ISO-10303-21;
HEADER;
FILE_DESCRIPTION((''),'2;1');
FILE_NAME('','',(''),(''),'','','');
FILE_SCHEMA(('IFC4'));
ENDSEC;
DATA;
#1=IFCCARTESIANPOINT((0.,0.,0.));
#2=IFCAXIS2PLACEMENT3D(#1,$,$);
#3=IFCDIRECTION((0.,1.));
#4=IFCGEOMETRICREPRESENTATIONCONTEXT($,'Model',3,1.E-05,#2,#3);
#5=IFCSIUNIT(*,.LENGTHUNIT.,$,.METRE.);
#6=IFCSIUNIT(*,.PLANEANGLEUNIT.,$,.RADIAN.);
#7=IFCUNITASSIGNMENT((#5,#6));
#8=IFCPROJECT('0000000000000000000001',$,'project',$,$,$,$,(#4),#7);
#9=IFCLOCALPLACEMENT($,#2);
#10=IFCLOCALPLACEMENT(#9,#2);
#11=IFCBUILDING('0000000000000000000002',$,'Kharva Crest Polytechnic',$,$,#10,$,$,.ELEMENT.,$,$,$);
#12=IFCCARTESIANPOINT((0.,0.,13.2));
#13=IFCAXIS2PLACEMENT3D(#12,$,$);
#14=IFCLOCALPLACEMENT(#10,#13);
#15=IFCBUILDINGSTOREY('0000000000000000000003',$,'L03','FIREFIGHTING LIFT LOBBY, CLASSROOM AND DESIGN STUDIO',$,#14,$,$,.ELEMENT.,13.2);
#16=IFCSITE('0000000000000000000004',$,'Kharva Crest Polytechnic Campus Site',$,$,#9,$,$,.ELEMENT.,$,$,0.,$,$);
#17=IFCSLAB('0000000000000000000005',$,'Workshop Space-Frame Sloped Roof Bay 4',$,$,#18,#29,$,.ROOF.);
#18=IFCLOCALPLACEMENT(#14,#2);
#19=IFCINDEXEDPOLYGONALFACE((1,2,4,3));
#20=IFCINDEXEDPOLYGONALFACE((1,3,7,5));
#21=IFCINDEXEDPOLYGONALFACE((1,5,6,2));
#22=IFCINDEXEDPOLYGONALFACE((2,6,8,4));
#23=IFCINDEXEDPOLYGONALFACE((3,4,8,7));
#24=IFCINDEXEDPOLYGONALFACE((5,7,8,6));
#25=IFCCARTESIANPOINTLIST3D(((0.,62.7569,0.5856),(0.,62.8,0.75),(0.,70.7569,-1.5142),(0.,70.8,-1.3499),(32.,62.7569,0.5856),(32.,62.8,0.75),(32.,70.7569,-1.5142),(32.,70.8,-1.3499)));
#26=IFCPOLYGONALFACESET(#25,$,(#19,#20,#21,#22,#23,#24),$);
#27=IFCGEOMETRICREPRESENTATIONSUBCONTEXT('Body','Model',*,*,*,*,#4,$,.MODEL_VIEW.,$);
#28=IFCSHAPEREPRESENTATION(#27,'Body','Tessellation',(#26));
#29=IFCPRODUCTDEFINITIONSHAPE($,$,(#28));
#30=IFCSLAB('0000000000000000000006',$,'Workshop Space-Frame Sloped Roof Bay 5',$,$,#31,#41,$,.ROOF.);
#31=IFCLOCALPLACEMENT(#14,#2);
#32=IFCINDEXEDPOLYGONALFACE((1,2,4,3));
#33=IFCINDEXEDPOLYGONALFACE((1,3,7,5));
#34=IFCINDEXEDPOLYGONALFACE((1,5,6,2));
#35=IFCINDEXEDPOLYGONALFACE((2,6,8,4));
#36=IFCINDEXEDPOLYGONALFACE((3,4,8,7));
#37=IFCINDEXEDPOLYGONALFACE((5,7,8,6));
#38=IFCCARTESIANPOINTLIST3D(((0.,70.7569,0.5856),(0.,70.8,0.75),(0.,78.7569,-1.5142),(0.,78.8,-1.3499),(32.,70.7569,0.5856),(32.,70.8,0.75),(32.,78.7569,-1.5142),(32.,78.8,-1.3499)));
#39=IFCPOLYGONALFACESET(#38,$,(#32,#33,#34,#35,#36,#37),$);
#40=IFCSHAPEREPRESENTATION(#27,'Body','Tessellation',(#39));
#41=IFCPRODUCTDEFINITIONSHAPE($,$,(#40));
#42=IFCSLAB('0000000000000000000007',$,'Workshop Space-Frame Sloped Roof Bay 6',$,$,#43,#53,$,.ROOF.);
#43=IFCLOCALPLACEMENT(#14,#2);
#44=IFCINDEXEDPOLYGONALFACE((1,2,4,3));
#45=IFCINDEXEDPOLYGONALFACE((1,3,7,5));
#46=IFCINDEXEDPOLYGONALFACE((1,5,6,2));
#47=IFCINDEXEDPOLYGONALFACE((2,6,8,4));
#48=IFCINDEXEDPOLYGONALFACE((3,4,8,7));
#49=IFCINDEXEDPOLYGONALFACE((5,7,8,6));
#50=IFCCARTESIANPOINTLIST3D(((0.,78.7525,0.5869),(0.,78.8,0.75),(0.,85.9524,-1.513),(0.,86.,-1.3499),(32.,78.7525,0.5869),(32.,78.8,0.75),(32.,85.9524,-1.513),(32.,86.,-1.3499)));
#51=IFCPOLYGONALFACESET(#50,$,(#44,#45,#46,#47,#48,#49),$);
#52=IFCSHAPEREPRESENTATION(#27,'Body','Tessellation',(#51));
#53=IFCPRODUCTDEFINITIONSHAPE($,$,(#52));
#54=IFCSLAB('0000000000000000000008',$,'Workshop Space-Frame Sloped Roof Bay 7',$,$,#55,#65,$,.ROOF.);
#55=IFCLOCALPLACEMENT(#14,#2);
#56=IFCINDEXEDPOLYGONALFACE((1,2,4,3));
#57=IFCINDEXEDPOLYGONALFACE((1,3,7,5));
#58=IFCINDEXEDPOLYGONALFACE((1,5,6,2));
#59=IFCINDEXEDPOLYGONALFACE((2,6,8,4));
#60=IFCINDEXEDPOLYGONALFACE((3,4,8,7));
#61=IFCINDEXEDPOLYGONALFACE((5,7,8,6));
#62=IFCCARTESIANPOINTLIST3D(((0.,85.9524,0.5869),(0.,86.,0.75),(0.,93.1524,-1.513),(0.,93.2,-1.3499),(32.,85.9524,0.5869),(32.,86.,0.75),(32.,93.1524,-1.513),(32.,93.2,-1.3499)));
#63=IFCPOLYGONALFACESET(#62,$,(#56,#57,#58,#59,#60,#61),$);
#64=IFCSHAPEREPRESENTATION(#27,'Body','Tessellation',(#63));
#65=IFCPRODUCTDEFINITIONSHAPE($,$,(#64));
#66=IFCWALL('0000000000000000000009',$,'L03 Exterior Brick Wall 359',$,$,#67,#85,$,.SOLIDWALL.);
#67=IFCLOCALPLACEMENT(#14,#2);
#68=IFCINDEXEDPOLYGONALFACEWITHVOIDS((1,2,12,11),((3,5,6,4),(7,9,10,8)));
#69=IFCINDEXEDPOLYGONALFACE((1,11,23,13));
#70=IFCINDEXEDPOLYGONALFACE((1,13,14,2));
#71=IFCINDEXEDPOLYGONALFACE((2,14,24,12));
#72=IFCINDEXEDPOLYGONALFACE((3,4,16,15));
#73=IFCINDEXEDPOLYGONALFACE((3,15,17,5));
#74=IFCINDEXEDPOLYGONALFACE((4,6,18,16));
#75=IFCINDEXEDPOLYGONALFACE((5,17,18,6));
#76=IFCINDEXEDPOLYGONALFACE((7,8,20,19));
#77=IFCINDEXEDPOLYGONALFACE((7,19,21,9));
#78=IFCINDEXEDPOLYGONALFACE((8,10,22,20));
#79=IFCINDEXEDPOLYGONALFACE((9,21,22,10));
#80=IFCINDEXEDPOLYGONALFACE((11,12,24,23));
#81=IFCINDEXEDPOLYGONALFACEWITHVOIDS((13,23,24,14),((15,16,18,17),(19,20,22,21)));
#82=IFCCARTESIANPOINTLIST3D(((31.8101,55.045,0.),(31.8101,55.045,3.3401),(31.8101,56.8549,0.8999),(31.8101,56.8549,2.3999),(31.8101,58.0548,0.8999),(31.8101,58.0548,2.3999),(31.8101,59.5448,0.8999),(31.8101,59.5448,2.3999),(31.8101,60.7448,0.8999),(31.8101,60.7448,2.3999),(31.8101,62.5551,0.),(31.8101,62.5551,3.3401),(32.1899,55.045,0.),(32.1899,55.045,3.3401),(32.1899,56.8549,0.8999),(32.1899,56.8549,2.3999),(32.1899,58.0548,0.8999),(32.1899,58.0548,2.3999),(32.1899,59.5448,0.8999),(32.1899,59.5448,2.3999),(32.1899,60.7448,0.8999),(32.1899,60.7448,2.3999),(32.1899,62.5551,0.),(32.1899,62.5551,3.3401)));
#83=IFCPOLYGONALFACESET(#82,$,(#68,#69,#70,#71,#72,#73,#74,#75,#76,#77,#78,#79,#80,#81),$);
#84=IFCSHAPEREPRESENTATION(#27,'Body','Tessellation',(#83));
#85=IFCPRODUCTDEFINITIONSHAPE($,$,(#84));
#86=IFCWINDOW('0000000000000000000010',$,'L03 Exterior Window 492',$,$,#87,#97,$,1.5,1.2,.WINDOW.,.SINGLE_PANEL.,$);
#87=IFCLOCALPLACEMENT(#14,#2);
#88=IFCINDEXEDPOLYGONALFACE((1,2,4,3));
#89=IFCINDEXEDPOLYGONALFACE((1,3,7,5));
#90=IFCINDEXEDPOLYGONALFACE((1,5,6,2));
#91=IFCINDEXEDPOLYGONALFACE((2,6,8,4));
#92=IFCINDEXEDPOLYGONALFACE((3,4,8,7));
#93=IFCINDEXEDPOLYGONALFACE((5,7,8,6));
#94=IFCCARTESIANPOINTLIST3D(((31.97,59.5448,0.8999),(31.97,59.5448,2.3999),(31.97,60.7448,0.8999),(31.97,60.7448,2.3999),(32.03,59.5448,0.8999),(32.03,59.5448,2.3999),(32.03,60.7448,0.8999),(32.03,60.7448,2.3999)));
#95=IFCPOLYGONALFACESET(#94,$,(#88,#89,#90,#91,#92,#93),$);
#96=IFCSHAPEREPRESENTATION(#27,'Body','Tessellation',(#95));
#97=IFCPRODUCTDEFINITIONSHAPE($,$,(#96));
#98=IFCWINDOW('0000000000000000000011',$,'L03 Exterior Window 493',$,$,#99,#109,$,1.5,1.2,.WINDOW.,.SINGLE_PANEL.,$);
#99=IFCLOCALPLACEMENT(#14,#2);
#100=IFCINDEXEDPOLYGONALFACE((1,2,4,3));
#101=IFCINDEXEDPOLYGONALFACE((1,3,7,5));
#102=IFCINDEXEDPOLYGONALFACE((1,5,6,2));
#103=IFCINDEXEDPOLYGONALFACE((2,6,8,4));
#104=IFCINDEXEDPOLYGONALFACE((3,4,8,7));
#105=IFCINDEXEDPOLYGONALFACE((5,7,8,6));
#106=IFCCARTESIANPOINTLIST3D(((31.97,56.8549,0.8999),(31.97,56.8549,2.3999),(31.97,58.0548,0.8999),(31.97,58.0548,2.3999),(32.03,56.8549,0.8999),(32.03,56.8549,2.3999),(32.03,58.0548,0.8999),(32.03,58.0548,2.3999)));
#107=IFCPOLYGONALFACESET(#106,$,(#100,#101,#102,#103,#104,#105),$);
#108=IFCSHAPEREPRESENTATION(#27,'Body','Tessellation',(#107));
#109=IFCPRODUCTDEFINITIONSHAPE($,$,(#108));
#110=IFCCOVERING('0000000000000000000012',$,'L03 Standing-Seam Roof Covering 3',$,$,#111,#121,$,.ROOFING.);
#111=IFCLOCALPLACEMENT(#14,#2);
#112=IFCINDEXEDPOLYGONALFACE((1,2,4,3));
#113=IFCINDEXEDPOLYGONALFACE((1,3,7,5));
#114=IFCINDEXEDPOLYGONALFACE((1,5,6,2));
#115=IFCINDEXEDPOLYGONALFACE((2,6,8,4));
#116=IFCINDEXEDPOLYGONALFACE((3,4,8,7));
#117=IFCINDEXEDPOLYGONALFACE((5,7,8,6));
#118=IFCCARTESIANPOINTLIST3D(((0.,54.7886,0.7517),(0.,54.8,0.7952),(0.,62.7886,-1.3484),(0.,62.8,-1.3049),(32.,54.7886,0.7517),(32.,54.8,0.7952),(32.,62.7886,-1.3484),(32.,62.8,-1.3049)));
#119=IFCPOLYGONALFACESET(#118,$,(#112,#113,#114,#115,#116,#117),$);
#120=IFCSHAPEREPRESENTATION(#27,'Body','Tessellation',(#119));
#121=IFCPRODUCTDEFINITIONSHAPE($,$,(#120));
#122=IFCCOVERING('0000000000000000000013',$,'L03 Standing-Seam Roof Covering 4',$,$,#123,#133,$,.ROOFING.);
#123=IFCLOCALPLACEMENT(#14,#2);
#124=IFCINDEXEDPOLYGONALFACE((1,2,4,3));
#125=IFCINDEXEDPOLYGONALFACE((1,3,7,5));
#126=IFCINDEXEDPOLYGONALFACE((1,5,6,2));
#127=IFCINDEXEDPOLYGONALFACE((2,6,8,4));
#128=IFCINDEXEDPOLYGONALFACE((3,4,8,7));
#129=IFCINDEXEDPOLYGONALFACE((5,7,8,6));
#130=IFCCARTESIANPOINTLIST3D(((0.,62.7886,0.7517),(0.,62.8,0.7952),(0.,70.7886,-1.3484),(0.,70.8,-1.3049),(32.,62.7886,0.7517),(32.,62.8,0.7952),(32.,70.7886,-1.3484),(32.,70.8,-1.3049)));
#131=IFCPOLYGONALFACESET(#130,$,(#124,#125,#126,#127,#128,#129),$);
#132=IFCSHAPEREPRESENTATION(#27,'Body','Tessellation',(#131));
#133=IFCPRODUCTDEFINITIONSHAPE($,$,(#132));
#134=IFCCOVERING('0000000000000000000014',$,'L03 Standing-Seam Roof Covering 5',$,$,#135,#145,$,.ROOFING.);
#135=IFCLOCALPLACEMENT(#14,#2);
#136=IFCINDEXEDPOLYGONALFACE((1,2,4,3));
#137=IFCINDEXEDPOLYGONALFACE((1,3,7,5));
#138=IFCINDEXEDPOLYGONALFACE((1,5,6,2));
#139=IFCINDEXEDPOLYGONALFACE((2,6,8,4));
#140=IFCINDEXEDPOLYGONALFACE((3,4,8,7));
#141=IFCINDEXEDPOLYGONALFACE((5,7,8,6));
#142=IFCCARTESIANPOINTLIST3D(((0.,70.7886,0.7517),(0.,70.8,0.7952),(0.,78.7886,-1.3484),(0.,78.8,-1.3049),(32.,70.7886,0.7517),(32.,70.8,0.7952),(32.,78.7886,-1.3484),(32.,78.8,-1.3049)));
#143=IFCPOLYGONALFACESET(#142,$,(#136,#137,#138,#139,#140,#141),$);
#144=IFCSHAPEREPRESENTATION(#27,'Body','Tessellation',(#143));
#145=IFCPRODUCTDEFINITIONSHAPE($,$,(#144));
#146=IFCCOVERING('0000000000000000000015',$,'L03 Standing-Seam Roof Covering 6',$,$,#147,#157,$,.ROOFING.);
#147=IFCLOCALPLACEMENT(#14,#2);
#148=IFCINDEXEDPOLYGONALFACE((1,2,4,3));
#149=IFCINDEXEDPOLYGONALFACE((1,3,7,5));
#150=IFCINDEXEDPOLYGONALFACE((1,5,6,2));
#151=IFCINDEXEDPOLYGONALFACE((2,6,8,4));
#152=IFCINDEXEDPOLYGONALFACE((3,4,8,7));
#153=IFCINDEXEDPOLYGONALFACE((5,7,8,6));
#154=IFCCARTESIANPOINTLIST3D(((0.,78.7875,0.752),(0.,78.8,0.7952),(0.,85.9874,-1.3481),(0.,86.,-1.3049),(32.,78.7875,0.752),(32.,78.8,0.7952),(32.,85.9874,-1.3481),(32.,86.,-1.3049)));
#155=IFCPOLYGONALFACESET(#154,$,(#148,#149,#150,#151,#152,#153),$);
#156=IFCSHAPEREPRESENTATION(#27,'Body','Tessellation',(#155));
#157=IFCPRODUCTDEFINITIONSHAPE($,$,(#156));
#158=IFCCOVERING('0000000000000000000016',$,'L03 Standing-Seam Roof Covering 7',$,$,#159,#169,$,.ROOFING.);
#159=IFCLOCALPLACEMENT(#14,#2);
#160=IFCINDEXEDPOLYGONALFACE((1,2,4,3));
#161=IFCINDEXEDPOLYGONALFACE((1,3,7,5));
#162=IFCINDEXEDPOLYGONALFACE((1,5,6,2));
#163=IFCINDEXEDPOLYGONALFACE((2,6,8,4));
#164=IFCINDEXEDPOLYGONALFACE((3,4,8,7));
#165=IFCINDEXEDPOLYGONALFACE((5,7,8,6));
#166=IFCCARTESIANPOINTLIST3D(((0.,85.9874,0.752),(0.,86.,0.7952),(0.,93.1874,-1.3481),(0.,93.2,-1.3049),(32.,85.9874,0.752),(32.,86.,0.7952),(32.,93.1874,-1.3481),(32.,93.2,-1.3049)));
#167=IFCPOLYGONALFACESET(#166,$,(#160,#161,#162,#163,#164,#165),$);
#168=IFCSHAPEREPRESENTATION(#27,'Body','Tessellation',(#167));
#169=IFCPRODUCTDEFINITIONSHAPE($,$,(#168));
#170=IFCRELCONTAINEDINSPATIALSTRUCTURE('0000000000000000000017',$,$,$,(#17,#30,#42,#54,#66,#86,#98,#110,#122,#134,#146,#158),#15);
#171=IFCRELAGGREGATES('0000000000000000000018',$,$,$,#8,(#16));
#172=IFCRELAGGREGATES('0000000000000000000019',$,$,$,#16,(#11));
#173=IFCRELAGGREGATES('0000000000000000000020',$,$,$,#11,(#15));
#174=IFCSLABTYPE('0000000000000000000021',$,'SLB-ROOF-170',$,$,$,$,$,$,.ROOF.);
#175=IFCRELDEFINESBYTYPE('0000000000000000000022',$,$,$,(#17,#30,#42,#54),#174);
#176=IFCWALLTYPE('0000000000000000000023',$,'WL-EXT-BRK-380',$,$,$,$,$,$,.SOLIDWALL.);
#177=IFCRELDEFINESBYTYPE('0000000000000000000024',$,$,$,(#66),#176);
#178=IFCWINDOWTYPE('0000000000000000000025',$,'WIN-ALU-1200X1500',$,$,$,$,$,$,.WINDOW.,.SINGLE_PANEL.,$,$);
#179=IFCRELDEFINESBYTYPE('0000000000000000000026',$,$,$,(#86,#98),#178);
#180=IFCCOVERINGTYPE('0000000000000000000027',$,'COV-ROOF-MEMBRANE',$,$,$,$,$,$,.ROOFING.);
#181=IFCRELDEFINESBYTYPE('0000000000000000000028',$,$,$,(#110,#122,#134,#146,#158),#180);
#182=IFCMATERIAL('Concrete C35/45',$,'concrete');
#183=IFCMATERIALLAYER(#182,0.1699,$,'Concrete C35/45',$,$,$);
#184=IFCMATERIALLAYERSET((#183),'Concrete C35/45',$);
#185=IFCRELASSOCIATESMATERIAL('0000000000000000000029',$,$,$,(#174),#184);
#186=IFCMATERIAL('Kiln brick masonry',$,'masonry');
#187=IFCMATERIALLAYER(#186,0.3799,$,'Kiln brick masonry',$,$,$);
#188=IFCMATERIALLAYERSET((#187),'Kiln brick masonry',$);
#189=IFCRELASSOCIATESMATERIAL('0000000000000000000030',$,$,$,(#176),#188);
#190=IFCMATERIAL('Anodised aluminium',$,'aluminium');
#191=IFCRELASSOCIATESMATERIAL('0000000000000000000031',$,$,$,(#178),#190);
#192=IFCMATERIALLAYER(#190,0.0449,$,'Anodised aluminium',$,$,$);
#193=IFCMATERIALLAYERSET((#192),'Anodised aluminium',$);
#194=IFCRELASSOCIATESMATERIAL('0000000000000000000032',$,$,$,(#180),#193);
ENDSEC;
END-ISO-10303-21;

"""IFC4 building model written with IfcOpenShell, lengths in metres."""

from ifc_helpers import new_model, si_unit, direction, frame, frame_2d, origin, place, context, subcontext, project, spatial, polyline, rectangle, outline, extrude, material, layer, layer_set, type_object, element, fill, save


model = new_model("IFC4")

# Units and contexts
model_context = context("Model", 3, precision=1e-05, world=origin(), true_north=direction((0.0, 1.0)))
body_context = subcontext(model_context, "Body", "Model", "MODEL_VIEW")
ifc_project = project(units=[si_unit("LENGTHUNIT", "METRE"), si_unit("PLANEANGLEUNIT", "RADIAN")], contexts=[model_context])

# Site, building, storey
site_placement = place(None, origin())
site = spatial("IfcSite", under=ifc_project, at=site_placement, Name="Kharva Crest Polytechnic Campus Site", CompositionType="ELEMENT", RefElevation=0.0)
building_placement = place(site_placement, origin())
building = spatial("IfcBuilding", under=site, at=building_placement, Name="Kharva Crest Polytechnic", CompositionType="ELEMENT")
storey_placement = place(building_placement, frame((0.0, 0.0, 13.2)))
storey = spatial("IfcBuildingStorey", under=building, at=storey_placement, Name="L03", Description="FIREFIGHTING LIFT LOBBY, CLASSROOM AND DESIGN STUDIO", CompositionType="ELEMENT", Elevation=13.2)

# Shared definitions
ifc_material_1 = material(Name="Concrete C35/45", Category="concrete")

# Slabs
ifc_layer_1 = layer(ifc_material_1, 0.1699, Name="Concrete C35/45")
ifc_layer_set_1 = layer_set([ifc_layer_1], Name="Concrete C35/45")
slab_type = type_object("IfcSlabType", Name="SLB-ROOF-170", PredefinedType="ROOF", material=ifc_layer_set_1)
for number, where, z_axis, x_axis, name in (
    (1, (0.0, 62.8, 0.75), (0.0, 0.253882, 0.967235), (1.0, 0.0, 0.0), "Workshop Space-Frame Sloped Roof Bay 4"),
    (2, (0.0, 70.8, 0.75), (0.0, 0.253882, 0.967235), (1.0, 0.0, 0.0), "Workshop Space-Frame Sloped Roof Bay 5"),
):
    element("IfcSlab", number, at=place(storey_placement, frame(where, z_axis=z_axis, x_axis=x_axis)), inside=storey, type_object=slab_type, Name=name, PredefinedType="ROOF", context=body_context, shape_type="SweptSolid", body=[
        extrude(outline(polyline([(0.0, 0.0), (32.0, 0.0), (32.0, 8.271), (0.0, 8.271), (0.0, 0.0)])), origin(), (0.0, 0.0, -1.0), 0.1699),
    ])
for number, where, z_axis, x_axis, name in (
    (3, (0.0, 78.8, 0.75), (0.0, 0.279984, 0.960005), (1.0, 0.0, 0.0), "Workshop Space-Frame Sloped Roof Bay 6"),
    (4, (0.0, 86.0, 0.75), (0.0, 0.279984, 0.960005), (1.0, 0.0, 0.0), "Workshop Space-Frame Sloped Roof Bay 7"),
):
    element("IfcSlab", number, at=place(storey_placement, frame(where, z_axis=z_axis, x_axis=x_axis)), inside=storey, type_object=slab_type, Name=name, PredefinedType="ROOF", context=body_context, shape_type="SweptSolid", body=[
        extrude(outline(polyline([(0.0, 0.0), (32.0, 0.0), (32.0, 7.4999), (0.0, 7.4999), (0.0, 0.0)])), origin(), (0.0, 0.0, -1.0), 0.1699),
    ])

# Wall, openings, windows
ifc_material_2 = material(Name="Kiln brick masonry", Category="masonry")
ifc_layer_2 = layer(ifc_material_2, 0.3799, Name="Kiln brick masonry")
ifc_layer_set_2 = layer_set([ifc_layer_2], Name="Kiln brick masonry")
wall_type = type_object("IfcWallType", Name="WL-EXT-BRK-380", PredefinedType="SOLIDWALL", material=ifc_layer_set_2)
wall_placement = place(storey_placement, frame((32.0, 62.5549, 0.0), z_axis=(0.0, 0.0, 1.0), x_axis=(0.0, -1.0, 0.0)))
wall = element("IfcWall", 5, at=wall_placement, inside=storey, type_object=wall_type, Name="L03 Exterior Brick Wall 359", PredefinedType="SOLIDWALL", context=body_context, shape_type="SweptSolid", body=[
    extrude(rectangle(XDim=7.51, YDim=0.3799, at=frame_2d((3.7549, 0.0))), origin(), (0.0, 0.0, 1.0), 3.3401),
])
opening_1_placement = place(wall_placement, frame((1.8101, 0.0, 0.8999)))
opening_1 = element("IfcOpeningElement", 6, at=opening_1_placement, cuts=wall, PredefinedType="OPENING", context=body_context, shape_type="SweptSolid", body=[
    extrude(rectangle(XDim=1.2, YDim=1.5, at=frame_2d((0.6001, 0.75))), frame((0.0, 0.2, 0.0), z_axis=(0.0, -1.0, 0.0), x_axis=(1.0, 0.0, 0.0)), (0.0, 0.0, 1.0), 0.3999),
])
opening_2_placement = place(wall_placement, frame((4.5, 0.0, 0.8999)))
opening_2 = element("IfcOpeningElement", 7, at=opening_2_placement, cuts=wall, PredefinedType="OPENING", context=body_context, shape_type="SweptSolid", body=[
    extrude(rectangle(XDim=1.2, YDim=1.5, at=frame_2d((0.6001, 0.75))), frame((0.0, 0.2, 0.0), z_axis=(0.0, -1.0, 0.0), x_axis=(1.0, 0.0, 0.0)), (0.0, 0.0, 1.0), 0.3999),
])
ifc_material_3 = material(Name="Anodised aluminium", Category="aluminium")
window_type = type_object("IfcWindowType", Name="WIN-ALU-1200X1500", PartitioningType="SINGLE_PANEL", PredefinedType="WINDOW", material=ifc_material_3)
window_1_placement = place(opening_1_placement, origin())
window_1 = element("IfcWindow", 8, at=window_1_placement, inside=storey, type_object=window_type, Name="L03 Exterior Window 492", OverallHeight=1.5, OverallWidth=1.2, PartitioningType="SINGLE_PANEL", PredefinedType="WINDOW", context=body_context, shape_type="SweptSolid", body=[
    extrude(rectangle(XDim=1.2, YDim=1.5, at=frame_2d((0.6001, 0.75))), frame((0.0, 0.03, 0.0), z_axis=(0.0, -1.0, 0.0), x_axis=(1.0, 0.0, 0.0)), (0.0, 0.0, 1.0), 0.0601),
])
fill(opening_1, window_1)
window_2_placement = place(opening_2_placement, origin())
window_2 = element("IfcWindow", 9, at=window_2_placement, inside=storey, type_object=window_type, Name="L03 Exterior Window 493", OverallHeight=1.5, OverallWidth=1.2, PartitioningType="SINGLE_PANEL", PredefinedType="WINDOW", context=body_context, shape_type="SweptSolid", body=[
    extrude(rectangle(XDim=1.2, YDim=1.5, at=frame_2d((0.6001, 0.75))), frame((0.0, 0.03, 0.0), z_axis=(0.0, -1.0, 0.0), x_axis=(1.0, 0.0, 0.0)), (0.0, 0.0, 1.0), 0.0601),
])
fill(opening_2, window_2)

# Coverings
ifc_layer_3 = layer(ifc_material_3, 0.0449, Name="Anodised aluminium")
ifc_layer_set_3 = layer_set([ifc_layer_3], Name="Anodised aluminium")
covering_type = type_object("IfcCoveringType", Name="COV-ROOF-MEMBRANE", PredefinedType="ROOFING", material=ifc_layer_set_3)
for number, where, z_axis, x_axis, name in (
    (10, (0.0, 54.8, 0.7952), (0.0, 0.253909, 0.967228), (1.0, 0.0, 0.0), "L03 Standing-Seam Roof Covering 3"),
    (11, (0.0, 62.8, 0.7952), (0.0, 0.253909, 0.967228), (1.0, 0.0, 0.0), "L03 Standing-Seam Roof Covering 4"),
    (12, (0.0, 70.8, 0.7952), (0.0, 0.253909, 0.967228), (1.0, 0.0, 0.0), "L03 Standing-Seam Roof Covering 5"),
):
    element("IfcCovering", number, at=place(storey_placement, frame(where, z_axis=z_axis, x_axis=x_axis)), inside=storey, type_object=covering_type, Name=name, PredefinedType="ROOFING", context=body_context, shape_type="SweptSolid", body=[
        extrude(outline(polyline([(0.0, 0.0), (32.0, 0.0), (32.0, 8.2711), (0.0, 8.2711), (0.0, 0.0)])), origin(), (0.0, 0.0, -1.0), 0.0449),
    ])
for number, where, z_axis, x_axis, name in (
    (13, (0.0, 78.8, 0.7952), (0.0, 0.280014, 0.959996), (1.0, 0.0, 0.0), "L03 Standing-Seam Roof Covering 6"),
    (14, (0.0, 86.0, 0.7952), (0.0, 0.280014, 0.959996), (1.0, 0.0, 0.0), "L03 Standing-Seam Roof Covering 7"),
):
    element("IfcCovering", number, at=place(storey_placement, frame(where, z_axis=z_axis, x_axis=x_axis)), inside=storey, type_object=covering_type, Name=name, PredefinedType="ROOFING", context=body_context, shape_type="SweptSolid", body=[
        extrude(outline(polyline([(0.0, 0.0), (32.0, 0.0), (32.0, 7.5), (0.0, 7.5), (0.0, 0.0)])), origin(), (0.0, 0.0, -1.0), 0.0449),
    ])

save(model, "model.ifc")
